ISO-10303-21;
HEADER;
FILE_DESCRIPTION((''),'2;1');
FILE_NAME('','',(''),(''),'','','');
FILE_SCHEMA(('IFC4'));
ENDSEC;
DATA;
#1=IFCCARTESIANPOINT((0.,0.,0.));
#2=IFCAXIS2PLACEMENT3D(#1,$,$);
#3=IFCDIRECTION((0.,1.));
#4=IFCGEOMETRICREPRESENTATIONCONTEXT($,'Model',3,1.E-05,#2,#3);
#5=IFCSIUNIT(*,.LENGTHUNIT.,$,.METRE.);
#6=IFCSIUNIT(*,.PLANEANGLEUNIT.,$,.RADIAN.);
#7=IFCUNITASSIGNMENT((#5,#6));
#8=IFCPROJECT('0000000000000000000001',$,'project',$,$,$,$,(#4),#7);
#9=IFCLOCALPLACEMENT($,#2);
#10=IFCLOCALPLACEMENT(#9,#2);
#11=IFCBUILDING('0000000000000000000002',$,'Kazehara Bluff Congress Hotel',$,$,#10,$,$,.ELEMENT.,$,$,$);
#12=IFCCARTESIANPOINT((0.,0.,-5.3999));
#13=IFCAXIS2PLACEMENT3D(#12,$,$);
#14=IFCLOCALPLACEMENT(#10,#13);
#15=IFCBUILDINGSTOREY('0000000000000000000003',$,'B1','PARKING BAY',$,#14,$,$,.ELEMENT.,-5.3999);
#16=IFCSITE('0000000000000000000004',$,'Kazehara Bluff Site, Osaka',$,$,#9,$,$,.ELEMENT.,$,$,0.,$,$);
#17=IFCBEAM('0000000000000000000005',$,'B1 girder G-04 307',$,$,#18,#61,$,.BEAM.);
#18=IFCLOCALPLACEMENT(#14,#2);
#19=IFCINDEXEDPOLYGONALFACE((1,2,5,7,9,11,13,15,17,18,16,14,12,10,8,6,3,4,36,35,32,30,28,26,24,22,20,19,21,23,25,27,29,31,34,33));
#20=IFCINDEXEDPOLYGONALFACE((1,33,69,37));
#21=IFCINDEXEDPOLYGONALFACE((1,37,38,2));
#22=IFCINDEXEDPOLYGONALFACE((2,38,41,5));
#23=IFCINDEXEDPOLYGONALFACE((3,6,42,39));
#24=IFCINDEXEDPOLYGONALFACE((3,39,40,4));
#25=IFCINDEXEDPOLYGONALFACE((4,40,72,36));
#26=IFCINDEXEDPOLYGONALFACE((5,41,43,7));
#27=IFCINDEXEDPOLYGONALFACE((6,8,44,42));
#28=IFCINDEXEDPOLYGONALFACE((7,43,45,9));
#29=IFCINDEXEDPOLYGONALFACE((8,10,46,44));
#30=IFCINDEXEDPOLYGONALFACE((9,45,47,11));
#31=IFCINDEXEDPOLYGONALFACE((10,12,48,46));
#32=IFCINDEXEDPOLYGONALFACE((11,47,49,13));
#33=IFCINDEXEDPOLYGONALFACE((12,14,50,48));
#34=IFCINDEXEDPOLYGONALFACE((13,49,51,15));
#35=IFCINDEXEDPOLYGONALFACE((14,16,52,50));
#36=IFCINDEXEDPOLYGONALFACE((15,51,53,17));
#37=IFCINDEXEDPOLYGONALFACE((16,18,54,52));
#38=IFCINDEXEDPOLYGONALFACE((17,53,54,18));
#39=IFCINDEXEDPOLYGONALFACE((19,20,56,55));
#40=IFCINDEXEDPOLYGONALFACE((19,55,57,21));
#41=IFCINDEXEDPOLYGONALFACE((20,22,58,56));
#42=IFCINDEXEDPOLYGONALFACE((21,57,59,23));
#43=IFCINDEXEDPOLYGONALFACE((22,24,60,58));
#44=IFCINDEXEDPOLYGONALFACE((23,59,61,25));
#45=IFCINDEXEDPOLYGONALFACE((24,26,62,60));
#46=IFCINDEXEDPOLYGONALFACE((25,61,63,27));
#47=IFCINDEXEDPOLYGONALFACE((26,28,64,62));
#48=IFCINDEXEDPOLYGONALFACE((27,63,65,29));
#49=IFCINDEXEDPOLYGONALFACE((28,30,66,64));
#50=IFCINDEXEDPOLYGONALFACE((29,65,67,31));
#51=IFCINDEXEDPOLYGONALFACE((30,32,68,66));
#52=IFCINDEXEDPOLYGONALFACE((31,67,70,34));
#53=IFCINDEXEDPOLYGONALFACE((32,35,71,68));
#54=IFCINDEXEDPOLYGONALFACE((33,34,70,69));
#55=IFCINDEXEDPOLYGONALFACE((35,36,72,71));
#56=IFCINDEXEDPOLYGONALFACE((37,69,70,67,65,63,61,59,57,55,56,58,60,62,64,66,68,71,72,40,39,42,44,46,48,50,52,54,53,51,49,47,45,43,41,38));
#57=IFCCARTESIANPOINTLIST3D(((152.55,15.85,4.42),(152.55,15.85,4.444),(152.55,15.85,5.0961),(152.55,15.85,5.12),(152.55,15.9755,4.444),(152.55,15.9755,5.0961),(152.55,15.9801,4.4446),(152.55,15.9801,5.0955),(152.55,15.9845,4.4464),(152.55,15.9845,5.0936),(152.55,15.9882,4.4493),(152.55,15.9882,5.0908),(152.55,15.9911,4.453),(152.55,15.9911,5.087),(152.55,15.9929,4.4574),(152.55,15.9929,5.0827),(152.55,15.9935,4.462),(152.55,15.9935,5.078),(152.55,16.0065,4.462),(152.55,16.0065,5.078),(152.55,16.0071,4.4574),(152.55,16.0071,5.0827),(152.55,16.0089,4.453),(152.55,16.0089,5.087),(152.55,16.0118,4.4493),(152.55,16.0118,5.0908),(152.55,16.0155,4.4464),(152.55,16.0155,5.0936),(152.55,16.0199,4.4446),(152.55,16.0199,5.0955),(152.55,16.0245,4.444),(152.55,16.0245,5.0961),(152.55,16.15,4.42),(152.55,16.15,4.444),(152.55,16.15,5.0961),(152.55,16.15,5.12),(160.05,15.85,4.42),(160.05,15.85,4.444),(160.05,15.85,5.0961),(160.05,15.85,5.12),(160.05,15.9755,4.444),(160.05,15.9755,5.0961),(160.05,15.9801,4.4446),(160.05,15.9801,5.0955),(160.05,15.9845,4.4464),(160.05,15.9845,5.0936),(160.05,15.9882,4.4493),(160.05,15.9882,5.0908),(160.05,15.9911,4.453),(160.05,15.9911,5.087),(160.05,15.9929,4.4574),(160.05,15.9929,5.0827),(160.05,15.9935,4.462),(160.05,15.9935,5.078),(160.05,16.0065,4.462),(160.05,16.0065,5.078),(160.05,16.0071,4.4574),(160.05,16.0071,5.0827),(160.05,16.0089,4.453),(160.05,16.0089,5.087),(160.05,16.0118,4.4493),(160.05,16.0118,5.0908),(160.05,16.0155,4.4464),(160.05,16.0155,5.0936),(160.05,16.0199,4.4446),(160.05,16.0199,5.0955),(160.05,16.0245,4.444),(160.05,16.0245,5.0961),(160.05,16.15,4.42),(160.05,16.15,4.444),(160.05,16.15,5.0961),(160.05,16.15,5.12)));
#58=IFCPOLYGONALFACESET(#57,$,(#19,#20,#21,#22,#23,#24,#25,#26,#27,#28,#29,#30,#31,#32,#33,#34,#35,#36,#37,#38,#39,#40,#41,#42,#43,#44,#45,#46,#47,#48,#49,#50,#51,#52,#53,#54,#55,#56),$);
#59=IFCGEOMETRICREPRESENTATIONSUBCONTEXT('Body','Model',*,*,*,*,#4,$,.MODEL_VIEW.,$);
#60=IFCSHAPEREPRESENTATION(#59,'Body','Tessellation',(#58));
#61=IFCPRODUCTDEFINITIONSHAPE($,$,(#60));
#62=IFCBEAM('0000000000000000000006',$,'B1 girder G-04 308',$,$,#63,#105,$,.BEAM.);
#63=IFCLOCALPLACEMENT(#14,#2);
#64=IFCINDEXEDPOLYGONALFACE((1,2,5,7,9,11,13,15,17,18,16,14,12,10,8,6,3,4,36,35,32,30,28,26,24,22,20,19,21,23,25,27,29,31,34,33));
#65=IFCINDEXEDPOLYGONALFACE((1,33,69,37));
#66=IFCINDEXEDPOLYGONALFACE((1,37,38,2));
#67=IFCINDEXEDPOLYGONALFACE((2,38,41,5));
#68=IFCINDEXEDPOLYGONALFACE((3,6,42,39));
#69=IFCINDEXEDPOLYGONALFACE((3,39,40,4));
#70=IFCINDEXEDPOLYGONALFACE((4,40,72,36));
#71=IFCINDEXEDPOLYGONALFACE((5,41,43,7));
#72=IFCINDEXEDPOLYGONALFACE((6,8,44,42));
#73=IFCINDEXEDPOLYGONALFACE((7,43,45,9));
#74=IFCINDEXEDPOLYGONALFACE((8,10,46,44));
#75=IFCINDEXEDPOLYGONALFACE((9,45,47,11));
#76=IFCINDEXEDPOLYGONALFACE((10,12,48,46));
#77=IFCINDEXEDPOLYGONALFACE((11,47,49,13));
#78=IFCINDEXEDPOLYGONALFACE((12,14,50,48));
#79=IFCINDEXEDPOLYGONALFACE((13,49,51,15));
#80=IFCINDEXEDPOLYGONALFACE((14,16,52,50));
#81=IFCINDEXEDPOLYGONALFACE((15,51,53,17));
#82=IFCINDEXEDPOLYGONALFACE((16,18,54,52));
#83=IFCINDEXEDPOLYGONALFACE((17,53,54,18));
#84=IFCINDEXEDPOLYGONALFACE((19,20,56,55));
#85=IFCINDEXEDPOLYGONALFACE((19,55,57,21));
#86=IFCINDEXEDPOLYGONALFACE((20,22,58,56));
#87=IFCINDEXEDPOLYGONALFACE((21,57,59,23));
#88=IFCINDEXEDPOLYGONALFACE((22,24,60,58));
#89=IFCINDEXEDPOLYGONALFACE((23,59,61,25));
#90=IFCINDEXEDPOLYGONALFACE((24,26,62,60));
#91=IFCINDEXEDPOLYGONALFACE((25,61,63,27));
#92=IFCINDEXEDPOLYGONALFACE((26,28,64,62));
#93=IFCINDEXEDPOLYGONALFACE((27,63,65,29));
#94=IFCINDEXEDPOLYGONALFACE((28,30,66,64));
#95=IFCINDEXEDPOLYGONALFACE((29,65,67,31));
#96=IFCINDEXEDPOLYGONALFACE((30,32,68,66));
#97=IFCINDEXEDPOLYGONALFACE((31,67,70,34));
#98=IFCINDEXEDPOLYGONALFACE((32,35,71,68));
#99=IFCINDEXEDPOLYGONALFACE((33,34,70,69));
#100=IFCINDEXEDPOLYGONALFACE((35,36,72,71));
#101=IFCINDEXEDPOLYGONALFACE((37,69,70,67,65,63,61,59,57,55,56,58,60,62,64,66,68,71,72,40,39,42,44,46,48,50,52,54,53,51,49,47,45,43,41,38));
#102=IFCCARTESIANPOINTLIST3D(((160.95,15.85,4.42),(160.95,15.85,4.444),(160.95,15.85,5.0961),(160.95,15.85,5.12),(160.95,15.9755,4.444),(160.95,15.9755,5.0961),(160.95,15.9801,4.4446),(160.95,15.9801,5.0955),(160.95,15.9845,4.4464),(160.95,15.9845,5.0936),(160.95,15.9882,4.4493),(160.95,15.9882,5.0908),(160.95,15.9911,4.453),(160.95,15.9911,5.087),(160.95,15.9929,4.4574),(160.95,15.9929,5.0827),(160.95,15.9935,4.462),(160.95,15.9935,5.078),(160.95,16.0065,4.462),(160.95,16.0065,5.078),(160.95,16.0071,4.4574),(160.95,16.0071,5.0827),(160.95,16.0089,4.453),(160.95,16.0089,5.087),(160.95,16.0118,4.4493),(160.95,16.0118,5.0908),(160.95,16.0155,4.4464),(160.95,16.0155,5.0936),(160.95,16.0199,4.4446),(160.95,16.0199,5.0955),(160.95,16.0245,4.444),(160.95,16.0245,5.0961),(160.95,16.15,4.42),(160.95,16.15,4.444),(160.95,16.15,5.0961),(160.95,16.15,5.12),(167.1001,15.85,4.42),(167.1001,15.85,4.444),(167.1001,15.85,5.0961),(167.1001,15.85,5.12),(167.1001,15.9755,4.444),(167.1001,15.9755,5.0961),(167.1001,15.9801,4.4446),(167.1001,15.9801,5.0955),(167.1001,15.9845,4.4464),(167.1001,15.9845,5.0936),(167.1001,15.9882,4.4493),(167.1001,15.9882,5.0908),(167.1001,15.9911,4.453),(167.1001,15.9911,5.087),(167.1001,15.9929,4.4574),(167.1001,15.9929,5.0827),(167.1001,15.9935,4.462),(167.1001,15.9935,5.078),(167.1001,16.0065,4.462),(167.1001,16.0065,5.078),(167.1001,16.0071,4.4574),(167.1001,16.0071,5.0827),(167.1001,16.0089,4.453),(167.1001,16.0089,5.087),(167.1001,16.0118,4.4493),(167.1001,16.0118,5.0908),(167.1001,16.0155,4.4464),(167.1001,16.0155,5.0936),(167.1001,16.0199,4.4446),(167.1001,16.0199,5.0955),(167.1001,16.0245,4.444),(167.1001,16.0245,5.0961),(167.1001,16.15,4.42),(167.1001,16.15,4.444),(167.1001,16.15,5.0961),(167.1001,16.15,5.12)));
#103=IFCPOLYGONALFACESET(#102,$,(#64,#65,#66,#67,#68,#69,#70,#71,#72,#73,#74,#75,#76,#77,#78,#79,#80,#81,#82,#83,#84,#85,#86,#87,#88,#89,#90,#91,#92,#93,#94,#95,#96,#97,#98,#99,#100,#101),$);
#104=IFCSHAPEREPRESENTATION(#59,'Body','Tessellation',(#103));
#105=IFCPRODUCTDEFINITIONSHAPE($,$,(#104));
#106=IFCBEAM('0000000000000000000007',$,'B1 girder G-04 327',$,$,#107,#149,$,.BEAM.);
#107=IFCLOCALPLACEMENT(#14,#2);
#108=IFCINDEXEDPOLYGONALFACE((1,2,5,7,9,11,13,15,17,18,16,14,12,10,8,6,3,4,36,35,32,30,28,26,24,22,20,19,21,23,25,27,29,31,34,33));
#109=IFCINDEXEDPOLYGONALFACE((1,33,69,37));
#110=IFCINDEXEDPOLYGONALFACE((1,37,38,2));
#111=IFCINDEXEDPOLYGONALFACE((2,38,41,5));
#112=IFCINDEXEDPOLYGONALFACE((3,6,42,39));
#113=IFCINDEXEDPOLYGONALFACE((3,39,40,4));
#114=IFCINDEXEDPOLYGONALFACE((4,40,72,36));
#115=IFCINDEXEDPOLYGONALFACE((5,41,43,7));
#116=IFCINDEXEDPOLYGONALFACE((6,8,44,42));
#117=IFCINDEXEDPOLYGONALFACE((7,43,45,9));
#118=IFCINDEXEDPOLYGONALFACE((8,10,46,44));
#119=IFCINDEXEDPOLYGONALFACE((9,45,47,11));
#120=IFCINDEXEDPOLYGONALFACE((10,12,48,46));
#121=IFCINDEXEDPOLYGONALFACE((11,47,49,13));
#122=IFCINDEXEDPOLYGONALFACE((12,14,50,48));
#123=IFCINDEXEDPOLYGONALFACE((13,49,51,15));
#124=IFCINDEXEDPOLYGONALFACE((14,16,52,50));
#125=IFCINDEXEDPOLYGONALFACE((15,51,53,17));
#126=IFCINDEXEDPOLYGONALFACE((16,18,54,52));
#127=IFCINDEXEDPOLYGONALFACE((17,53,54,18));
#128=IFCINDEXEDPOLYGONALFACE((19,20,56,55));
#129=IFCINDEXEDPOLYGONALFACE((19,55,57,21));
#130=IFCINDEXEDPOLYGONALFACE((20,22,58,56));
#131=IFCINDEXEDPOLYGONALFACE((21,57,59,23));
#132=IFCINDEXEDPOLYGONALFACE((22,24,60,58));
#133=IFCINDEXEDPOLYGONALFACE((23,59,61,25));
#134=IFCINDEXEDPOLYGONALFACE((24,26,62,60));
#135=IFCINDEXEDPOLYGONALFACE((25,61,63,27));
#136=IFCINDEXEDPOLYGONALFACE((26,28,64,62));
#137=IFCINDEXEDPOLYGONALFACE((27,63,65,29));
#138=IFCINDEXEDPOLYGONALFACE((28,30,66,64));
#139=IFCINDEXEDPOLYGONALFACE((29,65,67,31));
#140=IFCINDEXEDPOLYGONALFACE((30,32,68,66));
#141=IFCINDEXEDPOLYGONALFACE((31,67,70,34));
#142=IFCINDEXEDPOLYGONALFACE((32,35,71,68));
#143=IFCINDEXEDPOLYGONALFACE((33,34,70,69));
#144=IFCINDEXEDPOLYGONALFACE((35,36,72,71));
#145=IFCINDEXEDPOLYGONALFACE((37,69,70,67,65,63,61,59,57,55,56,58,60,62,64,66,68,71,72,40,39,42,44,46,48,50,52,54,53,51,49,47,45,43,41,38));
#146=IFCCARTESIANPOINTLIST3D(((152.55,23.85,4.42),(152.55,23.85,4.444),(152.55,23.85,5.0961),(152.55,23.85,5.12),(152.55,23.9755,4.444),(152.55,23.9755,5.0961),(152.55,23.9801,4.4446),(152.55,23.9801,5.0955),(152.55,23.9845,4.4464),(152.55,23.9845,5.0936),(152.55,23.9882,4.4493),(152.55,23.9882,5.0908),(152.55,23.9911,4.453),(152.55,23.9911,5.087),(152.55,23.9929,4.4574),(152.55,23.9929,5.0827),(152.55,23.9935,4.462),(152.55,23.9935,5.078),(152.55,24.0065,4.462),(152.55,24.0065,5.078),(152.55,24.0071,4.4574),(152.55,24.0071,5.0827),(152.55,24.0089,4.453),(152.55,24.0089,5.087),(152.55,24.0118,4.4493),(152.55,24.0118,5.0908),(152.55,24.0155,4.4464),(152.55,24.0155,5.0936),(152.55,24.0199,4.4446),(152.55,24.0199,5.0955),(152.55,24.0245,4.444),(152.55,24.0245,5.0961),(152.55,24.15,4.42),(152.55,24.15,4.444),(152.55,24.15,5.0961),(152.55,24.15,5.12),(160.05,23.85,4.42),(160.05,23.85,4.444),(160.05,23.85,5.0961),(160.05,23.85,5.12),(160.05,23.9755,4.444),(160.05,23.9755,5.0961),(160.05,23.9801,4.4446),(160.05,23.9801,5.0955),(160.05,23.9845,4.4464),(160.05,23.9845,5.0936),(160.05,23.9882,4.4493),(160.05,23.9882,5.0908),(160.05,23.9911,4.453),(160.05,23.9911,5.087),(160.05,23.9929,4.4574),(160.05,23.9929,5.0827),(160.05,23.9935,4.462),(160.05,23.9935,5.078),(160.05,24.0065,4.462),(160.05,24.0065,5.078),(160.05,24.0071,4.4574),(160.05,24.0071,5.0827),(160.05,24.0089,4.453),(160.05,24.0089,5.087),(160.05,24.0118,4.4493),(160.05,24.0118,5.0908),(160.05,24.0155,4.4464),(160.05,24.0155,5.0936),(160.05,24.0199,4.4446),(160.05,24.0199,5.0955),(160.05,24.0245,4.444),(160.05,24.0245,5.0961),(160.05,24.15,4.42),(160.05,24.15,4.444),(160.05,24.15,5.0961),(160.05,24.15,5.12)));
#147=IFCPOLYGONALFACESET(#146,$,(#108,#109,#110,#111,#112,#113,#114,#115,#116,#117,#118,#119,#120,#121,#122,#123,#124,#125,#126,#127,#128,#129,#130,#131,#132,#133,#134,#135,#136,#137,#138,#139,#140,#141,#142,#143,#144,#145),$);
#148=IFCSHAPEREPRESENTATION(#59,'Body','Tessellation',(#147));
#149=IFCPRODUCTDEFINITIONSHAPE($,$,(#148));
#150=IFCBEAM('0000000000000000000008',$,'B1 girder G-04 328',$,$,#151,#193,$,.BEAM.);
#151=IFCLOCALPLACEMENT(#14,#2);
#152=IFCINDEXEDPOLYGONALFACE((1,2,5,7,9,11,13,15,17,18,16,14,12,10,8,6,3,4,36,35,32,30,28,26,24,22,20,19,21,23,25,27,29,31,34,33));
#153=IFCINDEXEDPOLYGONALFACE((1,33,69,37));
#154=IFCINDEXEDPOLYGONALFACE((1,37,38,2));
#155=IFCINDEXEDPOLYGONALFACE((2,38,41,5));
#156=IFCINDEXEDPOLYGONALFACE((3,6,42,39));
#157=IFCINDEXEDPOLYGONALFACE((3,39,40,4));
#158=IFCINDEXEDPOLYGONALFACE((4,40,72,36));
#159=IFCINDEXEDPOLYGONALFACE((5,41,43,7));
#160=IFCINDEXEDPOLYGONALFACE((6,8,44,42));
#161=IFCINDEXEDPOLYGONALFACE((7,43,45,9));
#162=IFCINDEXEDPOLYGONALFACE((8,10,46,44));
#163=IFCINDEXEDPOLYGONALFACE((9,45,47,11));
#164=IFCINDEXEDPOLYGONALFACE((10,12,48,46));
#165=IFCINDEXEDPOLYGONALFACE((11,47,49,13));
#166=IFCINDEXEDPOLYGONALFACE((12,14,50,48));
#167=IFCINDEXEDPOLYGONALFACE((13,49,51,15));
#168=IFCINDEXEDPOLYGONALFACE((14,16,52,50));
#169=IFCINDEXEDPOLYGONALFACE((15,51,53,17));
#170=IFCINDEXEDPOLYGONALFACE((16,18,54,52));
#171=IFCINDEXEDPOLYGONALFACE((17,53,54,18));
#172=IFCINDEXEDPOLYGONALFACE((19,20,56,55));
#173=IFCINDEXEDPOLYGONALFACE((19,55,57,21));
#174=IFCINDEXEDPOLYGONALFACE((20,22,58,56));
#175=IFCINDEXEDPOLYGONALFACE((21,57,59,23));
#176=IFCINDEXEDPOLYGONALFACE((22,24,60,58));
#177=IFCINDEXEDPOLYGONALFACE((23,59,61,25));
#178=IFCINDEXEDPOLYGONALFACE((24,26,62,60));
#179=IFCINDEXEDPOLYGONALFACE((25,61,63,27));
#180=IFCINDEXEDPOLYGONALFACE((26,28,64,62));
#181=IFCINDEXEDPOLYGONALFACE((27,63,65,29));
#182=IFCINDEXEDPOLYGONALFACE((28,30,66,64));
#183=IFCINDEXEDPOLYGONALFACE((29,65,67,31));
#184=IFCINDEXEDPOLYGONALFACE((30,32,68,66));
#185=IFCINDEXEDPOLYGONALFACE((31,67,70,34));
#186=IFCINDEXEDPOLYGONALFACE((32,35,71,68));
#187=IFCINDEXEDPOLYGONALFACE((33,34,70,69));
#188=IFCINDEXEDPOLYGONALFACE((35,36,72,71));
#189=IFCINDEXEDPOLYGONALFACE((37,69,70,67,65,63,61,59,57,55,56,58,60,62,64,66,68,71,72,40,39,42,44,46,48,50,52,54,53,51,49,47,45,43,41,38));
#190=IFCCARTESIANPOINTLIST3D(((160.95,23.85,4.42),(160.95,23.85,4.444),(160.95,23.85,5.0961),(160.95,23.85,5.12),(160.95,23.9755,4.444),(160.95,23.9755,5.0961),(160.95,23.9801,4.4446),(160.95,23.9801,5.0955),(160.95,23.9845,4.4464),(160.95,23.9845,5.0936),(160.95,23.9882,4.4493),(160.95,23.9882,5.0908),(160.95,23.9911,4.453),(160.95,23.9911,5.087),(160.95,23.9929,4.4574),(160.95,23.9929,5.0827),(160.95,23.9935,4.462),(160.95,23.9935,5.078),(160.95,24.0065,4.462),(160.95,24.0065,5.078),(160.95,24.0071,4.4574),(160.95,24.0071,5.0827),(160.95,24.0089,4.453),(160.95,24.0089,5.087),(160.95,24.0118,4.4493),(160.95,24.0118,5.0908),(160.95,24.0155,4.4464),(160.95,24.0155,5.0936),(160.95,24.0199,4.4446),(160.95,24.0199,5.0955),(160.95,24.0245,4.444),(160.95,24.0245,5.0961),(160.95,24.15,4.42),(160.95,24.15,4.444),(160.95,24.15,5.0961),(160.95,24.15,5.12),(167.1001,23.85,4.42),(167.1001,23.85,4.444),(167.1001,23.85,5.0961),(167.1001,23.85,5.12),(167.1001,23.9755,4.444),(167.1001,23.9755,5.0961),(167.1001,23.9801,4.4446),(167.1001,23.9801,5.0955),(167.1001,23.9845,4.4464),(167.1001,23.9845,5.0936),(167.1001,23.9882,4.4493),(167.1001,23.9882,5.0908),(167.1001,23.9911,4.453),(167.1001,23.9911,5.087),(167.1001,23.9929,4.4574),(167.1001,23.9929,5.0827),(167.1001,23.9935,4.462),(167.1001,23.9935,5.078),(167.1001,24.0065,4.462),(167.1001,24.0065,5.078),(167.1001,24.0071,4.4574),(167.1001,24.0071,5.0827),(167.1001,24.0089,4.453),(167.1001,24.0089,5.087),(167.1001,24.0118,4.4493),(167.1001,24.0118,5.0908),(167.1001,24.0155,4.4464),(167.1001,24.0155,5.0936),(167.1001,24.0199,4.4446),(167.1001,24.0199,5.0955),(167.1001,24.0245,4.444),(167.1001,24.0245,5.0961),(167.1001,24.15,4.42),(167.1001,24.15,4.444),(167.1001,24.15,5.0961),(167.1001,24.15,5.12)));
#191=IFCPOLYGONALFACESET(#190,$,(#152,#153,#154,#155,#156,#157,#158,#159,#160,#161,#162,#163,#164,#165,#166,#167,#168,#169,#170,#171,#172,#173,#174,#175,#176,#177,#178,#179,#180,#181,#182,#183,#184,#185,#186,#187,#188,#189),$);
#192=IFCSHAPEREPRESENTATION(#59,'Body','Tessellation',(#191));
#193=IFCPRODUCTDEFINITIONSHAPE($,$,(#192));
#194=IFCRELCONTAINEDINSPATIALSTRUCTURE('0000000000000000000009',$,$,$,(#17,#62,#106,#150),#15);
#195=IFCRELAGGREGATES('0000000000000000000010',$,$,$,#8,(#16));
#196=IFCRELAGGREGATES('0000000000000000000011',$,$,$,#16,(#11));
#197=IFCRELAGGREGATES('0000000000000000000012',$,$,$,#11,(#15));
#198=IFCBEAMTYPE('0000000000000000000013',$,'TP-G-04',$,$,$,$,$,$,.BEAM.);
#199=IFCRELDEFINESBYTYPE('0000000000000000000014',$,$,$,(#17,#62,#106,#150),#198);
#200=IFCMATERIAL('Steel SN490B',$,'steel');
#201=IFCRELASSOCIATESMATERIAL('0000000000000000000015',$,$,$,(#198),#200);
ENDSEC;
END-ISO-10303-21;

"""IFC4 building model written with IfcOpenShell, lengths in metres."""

from ifc_helpers import new_model, si_unit, direction, frame, origin, origin_2d, place, context, subcontext, project, spatial, i_section, extrude, material, material_profile, profile_set, type_object, element, save


model = new_model("IFC4")

# Units and contexts
model_context = context("Model", 3, precision=1e-05, world=origin(), true_north=direction((0.0, 1.0)))
body_context = subcontext(model_context, "Body", "Model", "MODEL_VIEW")
ifc_project = project(units=[si_unit("LENGTHUNIT", "METRE"), si_unit("PLANEANGLEUNIT", "RADIAN")], contexts=[model_context])

# Site, building, storey
site_placement = place(None, origin())
site = spatial("IfcSite", under=ifc_project, at=site_placement, Name="Kazehara Bluff Site, Osaka", CompositionType="ELEMENT", RefElevation=0.0)
building_placement = place(site_placement, origin())
building = spatial("IfcBuilding", under=site, at=building_placement, Name="Kazehara Bluff Congress Hotel", CompositionType="ELEMENT")
storey_placement = place(building_placement, frame((0.0, 0.0, -5.3999)))
storey = spatial("IfcBuildingStorey", under=building, at=storey_placement, Name="B1", Description="PARKING BAY", CompositionType="ELEMENT", Elevation=-5.3999)

# Beams
ifc_material_1 = material(Name="Steel SN490B", Category="steel")
ifc_material_profile_1 = material_profile(ifc_material_1, i_section(OverallWidth=0.3, OverallDepth=0.7, WebThickness=0.0129, FlangeThickness=0.0239, FilletRadius=0.0181, at=origin_2d()))
ifc_profile_set_1 = profile_set([ifc_material_profile_1], Name="Steel SN490B")
beam_type_1 = type_object("IfcBeamType", Name="TP-G-04", PredefinedType="BEAM", material=ifc_profile_set_1)
beam_1_placement = place(storey_placement, frame((152.55, 16.0, 4.77), z_axis=(1.0, 0.0, 0.0), x_axis=(0.0, 1.0, 0.0)))
element("IfcBeam", 1, at=beam_1_placement, inside=storey, type_object=beam_type_1, Name="B1 girder G-04 307", PredefinedType="BEAM", context=body_context, shape_type="SweptSolid", body=[
    extrude(i_section(OverallWidth=0.3, OverallDepth=0.7, WebThickness=0.0129, FlangeThickness=0.0239, FilletRadius=0.0181, at=origin_2d()), origin(), (0.0, 0.0, 1.0), 7.5),
])
beam_2_placement = place(storey_placement, frame((160.95, 16.0, 4.77), z_axis=(1.0, 0.0, 0.0), x_axis=(0.0, 1.0, 0.0)))
element("IfcBeam", 2, at=beam_2_placement, inside=storey, type_object=beam_type_1, Name="B1 girder G-04 308", PredefinedType="BEAM", context=body_context, shape_type="SweptSolid", body=[
    extrude(i_section(OverallWidth=0.3, OverallDepth=0.7, WebThickness=0.0129, FlangeThickness=0.0239, FilletRadius=0.0181, at=origin_2d()), origin(), (0.0, 0.0, 1.0), 6.1501),
])
beam_3_placement = place(storey_placement, frame((152.55, 24.0, 4.77), z_axis=(1.0, 0.0, 0.0), x_axis=(0.0, 1.0, 0.0)))
element("IfcBeam", 3, at=beam_3_placement, inside=storey, type_object=beam_type_1, Name="B1 girder G-04 327", PredefinedType="BEAM", context=body_context, shape_type="SweptSolid", body=[
    extrude(i_section(OverallWidth=0.3, OverallDepth=0.7, WebThickness=0.0129, FlangeThickness=0.0239, FilletRadius=0.0181, at=origin_2d()), origin(), (0.0, 0.0, 1.0), 7.5),
])
beam_4_placement = place(storey_placement, frame((160.95, 24.0, 4.77), z_axis=(1.0, 0.0, 0.0), x_axis=(0.0, 1.0, 0.0)))
element("IfcBeam", 4, at=beam_4_placement, inside=storey, type_object=beam_type_1, Name="B1 girder G-04 328", PredefinedType="BEAM", context=body_context, shape_type="SweptSolid", body=[
    extrude(i_section(OverallWidth=0.3, OverallDepth=0.7, WebThickness=0.0129, FlangeThickness=0.0239, FilletRadius=0.0181, at=origin_2d()), origin(), (0.0, 0.0, 1.0), 6.1501),
])

save(model, "model.ifc")
